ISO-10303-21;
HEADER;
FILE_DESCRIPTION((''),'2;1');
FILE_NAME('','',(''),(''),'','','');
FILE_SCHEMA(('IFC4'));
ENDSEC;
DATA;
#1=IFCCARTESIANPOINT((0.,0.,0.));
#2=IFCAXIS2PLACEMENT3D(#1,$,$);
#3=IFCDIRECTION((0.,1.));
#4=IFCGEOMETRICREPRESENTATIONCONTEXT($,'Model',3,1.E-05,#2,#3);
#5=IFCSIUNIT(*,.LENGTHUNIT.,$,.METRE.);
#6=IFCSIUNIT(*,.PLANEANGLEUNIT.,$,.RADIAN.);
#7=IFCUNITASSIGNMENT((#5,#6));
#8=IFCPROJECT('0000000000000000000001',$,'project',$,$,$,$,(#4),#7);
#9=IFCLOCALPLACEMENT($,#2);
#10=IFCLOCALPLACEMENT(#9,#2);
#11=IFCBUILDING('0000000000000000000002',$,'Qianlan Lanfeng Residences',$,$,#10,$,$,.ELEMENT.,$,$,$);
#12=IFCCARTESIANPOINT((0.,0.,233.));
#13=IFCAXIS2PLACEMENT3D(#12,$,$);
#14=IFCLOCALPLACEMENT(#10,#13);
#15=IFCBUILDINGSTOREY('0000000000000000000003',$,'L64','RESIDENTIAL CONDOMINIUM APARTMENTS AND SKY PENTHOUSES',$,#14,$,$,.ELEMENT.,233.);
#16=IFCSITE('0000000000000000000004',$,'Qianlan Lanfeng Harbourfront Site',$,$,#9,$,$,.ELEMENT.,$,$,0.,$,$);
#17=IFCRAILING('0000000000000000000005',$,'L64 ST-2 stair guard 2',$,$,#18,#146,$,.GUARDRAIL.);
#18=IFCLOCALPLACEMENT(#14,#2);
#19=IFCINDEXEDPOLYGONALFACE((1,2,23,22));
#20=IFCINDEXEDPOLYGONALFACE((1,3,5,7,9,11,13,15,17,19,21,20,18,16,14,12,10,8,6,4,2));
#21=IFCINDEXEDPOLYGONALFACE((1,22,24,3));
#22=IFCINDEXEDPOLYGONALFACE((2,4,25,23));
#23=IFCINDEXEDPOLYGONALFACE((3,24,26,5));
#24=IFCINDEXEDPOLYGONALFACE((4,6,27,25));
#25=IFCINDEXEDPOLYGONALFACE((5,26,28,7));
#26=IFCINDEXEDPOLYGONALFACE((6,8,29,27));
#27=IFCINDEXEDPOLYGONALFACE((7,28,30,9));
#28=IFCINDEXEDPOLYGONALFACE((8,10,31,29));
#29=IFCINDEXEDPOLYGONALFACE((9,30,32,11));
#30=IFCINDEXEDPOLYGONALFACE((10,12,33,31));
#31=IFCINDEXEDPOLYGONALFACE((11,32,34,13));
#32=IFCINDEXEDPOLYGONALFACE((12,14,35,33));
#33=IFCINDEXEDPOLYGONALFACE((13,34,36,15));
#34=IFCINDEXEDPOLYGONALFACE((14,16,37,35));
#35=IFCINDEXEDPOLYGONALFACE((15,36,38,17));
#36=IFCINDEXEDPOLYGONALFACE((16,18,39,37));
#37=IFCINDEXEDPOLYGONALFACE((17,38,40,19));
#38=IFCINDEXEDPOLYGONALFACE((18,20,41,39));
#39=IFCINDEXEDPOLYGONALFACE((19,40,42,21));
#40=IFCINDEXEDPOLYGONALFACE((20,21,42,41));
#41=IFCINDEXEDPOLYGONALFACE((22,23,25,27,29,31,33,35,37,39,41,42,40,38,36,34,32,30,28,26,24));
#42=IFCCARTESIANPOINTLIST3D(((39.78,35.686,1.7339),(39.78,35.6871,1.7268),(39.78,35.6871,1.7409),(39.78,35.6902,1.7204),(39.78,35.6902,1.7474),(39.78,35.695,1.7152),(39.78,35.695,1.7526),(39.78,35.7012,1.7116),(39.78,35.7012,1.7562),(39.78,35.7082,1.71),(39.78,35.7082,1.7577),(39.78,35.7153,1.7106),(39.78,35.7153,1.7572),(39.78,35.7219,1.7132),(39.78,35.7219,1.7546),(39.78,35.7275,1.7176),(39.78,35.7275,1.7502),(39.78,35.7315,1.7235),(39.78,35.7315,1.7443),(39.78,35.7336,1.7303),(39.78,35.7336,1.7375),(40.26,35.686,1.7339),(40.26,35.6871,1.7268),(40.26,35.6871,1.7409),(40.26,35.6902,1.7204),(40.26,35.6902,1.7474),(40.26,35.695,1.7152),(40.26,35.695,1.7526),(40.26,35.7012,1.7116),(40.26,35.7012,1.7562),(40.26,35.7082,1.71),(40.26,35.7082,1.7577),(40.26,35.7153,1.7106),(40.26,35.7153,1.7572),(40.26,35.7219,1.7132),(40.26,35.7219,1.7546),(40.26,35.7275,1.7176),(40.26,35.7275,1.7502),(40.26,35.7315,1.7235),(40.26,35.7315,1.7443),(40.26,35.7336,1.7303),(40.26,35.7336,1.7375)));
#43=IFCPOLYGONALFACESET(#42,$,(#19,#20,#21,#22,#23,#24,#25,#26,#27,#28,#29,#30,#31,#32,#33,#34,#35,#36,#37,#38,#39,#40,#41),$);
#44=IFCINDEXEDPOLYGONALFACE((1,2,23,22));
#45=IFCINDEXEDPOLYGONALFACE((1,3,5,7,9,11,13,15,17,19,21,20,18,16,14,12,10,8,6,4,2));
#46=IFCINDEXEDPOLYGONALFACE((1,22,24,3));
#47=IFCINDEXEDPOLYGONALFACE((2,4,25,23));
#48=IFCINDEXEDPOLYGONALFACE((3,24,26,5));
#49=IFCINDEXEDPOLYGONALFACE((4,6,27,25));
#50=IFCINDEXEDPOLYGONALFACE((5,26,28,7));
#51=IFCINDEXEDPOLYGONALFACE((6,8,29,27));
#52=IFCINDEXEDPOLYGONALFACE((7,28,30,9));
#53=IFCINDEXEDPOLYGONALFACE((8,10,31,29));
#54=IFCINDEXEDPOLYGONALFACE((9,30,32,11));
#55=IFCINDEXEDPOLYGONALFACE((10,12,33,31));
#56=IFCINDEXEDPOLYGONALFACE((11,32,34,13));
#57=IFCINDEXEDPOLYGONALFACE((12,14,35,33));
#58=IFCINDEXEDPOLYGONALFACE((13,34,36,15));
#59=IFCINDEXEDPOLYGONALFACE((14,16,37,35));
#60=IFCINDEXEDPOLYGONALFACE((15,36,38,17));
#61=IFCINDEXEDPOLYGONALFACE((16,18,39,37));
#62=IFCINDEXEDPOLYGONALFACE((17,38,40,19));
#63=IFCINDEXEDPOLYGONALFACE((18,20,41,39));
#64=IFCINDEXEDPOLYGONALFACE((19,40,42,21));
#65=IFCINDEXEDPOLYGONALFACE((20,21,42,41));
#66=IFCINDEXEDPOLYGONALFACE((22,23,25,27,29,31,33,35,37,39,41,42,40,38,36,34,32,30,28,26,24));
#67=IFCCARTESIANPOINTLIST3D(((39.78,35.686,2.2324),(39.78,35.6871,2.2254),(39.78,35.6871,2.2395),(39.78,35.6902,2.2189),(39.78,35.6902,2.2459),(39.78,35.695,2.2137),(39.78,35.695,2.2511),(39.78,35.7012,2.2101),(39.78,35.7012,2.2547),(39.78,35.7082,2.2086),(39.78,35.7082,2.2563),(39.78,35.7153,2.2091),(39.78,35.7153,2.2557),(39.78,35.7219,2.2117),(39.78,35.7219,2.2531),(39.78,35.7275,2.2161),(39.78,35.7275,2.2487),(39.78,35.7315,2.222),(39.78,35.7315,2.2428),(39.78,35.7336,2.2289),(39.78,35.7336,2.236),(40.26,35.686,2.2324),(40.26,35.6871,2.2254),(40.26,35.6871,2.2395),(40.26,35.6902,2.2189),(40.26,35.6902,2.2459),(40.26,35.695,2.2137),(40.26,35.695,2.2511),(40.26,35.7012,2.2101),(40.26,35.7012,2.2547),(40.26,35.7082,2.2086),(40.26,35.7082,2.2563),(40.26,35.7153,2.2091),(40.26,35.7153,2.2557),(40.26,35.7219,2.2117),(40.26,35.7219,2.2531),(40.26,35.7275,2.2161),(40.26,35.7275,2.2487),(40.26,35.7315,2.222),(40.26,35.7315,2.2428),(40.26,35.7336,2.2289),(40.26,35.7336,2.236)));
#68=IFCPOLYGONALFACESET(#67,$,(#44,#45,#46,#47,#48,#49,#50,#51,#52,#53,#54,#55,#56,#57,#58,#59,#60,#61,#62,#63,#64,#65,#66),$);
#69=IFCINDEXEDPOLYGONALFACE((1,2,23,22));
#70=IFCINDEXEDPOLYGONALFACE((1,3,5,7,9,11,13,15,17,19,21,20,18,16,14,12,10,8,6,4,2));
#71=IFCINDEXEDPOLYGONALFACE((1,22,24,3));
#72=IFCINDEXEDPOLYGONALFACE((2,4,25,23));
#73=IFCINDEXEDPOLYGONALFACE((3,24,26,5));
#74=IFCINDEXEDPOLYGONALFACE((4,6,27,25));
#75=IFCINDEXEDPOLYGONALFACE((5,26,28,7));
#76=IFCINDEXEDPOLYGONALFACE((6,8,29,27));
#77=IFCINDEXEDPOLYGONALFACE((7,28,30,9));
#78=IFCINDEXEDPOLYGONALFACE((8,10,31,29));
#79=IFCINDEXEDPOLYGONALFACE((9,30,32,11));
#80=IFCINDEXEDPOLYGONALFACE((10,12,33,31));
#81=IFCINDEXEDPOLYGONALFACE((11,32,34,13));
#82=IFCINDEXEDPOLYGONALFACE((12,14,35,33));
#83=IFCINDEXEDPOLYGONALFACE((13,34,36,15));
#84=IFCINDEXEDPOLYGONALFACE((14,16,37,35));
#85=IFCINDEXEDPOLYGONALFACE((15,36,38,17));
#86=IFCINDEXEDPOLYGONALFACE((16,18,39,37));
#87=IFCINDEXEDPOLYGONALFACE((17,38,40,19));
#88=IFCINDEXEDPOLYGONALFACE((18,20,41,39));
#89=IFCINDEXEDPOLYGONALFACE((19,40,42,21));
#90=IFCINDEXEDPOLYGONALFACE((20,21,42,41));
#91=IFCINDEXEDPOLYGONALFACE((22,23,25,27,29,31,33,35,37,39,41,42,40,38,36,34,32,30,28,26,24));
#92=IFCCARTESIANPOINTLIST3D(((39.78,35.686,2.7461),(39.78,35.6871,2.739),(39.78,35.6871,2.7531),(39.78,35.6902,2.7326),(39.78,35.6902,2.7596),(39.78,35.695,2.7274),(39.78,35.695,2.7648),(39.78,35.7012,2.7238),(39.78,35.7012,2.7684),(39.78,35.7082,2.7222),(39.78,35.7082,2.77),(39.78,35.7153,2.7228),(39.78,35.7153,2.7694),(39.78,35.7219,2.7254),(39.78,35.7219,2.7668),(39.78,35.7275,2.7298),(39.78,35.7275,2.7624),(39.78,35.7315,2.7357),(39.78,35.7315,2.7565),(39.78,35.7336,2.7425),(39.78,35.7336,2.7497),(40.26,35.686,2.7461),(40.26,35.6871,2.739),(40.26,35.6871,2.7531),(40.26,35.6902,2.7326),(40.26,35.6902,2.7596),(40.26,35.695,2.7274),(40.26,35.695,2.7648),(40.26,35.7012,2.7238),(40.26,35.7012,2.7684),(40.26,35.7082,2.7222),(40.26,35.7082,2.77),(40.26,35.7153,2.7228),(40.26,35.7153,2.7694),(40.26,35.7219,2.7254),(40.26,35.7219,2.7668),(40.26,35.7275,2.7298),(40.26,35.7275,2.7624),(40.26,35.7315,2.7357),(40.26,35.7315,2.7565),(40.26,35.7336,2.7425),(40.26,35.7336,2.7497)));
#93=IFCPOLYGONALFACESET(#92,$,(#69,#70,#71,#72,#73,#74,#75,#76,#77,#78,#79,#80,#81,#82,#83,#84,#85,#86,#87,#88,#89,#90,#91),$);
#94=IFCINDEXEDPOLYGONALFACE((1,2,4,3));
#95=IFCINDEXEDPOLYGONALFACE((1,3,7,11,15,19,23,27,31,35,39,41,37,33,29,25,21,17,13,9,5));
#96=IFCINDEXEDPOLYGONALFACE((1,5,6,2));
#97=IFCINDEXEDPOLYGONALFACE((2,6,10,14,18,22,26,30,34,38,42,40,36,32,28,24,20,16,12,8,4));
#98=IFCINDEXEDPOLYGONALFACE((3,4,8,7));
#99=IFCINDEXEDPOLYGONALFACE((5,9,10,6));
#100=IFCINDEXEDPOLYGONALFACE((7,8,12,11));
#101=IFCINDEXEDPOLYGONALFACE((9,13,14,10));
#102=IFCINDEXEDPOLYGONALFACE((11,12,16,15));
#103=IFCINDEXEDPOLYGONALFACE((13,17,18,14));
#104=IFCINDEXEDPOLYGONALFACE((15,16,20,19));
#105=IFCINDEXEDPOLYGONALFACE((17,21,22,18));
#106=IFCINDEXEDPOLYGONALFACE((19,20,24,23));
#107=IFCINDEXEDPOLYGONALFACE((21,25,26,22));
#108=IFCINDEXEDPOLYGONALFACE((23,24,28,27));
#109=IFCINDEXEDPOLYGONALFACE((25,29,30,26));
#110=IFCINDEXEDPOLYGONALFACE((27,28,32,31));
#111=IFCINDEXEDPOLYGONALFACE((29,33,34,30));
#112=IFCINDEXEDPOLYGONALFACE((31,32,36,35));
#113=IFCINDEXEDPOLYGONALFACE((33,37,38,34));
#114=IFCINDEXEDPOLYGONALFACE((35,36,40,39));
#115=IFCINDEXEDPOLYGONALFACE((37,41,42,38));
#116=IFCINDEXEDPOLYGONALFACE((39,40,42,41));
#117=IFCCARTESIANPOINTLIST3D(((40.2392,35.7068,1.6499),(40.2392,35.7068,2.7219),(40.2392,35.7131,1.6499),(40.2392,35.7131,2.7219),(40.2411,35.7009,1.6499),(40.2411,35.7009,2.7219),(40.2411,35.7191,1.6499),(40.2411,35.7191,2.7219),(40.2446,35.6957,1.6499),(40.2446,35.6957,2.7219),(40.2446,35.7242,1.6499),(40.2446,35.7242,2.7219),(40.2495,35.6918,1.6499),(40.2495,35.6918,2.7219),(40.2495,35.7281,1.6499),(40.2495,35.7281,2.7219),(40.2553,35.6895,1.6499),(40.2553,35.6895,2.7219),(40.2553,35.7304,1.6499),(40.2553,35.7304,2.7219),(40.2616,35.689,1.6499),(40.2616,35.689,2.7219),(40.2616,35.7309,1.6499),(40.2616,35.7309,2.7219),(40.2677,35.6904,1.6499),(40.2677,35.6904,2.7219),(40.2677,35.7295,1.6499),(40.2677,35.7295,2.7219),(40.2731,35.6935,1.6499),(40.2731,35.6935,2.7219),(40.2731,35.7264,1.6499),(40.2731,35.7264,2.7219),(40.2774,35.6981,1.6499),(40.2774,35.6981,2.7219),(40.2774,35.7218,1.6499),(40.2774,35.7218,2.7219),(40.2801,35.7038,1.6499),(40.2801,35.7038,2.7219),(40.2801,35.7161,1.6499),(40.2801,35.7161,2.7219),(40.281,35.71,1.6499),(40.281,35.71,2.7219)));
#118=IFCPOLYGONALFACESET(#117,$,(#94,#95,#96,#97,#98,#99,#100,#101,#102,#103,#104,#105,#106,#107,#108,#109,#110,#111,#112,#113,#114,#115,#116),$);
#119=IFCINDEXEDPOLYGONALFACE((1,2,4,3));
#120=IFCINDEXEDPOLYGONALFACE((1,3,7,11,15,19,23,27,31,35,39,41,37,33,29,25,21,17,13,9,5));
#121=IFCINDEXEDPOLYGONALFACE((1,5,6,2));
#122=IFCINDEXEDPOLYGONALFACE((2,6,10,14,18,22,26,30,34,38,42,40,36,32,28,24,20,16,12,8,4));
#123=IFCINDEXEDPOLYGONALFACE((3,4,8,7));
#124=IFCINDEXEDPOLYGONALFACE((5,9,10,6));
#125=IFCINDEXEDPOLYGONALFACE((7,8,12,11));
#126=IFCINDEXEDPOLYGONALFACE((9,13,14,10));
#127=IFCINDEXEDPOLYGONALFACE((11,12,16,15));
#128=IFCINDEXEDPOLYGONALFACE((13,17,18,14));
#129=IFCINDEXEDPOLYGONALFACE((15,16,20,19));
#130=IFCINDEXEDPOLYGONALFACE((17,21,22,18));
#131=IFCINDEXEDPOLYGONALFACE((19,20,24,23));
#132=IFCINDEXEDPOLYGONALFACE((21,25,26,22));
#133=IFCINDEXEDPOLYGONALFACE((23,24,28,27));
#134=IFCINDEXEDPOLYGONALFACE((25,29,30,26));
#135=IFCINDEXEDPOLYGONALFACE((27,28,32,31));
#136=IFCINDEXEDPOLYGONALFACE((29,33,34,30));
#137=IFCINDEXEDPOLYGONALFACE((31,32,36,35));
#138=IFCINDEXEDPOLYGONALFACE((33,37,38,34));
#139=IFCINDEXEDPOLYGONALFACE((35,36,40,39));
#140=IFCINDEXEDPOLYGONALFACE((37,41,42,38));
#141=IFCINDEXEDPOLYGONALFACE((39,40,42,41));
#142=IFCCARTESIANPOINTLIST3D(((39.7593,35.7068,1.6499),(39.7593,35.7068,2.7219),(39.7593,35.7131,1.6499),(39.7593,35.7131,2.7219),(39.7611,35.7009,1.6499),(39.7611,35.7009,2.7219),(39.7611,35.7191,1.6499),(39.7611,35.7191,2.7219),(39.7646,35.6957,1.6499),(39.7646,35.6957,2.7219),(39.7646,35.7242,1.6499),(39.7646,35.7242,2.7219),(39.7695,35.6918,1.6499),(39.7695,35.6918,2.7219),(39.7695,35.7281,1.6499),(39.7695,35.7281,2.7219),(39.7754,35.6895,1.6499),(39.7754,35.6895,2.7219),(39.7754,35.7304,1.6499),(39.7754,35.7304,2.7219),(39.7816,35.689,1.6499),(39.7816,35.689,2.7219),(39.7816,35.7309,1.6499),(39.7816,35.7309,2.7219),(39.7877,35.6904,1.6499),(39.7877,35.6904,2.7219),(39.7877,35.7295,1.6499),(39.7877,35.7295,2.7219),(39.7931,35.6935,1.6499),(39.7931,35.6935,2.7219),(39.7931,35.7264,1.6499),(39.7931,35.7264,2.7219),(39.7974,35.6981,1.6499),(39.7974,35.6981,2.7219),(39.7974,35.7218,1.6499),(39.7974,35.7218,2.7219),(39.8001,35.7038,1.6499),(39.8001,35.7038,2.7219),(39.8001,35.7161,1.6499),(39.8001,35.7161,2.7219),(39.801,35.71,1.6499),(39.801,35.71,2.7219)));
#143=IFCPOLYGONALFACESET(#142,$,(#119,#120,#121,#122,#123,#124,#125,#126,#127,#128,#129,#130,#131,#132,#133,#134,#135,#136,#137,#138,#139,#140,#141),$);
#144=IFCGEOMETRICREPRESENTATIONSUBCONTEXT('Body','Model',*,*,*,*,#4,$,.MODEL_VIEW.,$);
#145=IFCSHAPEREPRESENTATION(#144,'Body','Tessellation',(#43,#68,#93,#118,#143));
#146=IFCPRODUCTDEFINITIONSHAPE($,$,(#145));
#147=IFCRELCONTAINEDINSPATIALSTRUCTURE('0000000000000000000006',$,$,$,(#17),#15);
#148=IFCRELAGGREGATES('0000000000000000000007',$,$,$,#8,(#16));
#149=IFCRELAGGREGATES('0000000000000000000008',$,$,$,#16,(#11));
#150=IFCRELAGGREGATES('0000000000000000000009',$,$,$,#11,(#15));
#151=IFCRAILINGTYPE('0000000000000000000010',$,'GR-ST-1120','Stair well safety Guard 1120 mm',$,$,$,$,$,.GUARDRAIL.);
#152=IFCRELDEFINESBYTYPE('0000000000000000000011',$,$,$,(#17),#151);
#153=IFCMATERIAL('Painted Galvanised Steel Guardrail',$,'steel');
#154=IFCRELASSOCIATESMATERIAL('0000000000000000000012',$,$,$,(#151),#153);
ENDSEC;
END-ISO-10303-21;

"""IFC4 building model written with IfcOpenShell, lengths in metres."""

from ifc_helpers import new_model, si_unit, direction, frame, origin, origin_2d, place, context, subcontext, project, spatial, circle, extrude, material, type_object, element, save


model = new_model("IFC4")

# Units and contexts
model_context = context("Model", 3, precision=1e-05, world=origin(), true_north=direction((0.0, 1.0)))
body_context = subcontext(model_context, "Body", "Model", "MODEL_VIEW")
ifc_project = project(units=[si_unit("LENGTHUNIT", "METRE"), si_unit("PLANEANGLEUNIT", "RADIAN")], contexts=[model_context])

# Site, building, storey
site_placement = place(None, origin())
site = spatial("IfcSite", under=ifc_project, at=site_placement, Name="Qianlan Lanfeng Harbourfront Site", CompositionType="ELEMENT", RefElevation=0.0)
building_placement = place(site_placement, origin())
building = spatial("IfcBuilding", under=site, at=building_placement, Name="Qianlan Lanfeng Residences", CompositionType="ELEMENT")
storey_placement = place(building_placement, frame((0.0, 0.0, 233.0)))
storey = spatial("IfcBuildingStorey", under=building, at=storey_placement, Name="L64", Description="RESIDENTIAL CONDOMINIUM APARTMENTS AND SKY PENTHOUSES", CompositionType="ELEMENT", Elevation=233.0)

# Railing
ifc_material_1 = material(Name="Painted Galvanised Steel Guardrail", Category="steel")
railing_type_1 = type_object("IfcRailingType", Name="GR-ST-1120", Description="Stair well safety Guard 1120 mm", PredefinedType="GUARDRAIL", material=ifc_material_1)
railing_1_placement = place(storey_placement, frame((40.26, 35.71, 1.6499)))
element("IfcRailing", 1, at=railing_1_placement, inside=storey, type_object=railing_type_1, Name="L64 ST-2 stair guard 2", PredefinedType="GUARDRAIL", context=body_context, shape_type="SweptSolid", body=[
    extrude(circle(Radius=0.0239, at=origin_2d()), frame((0.0, 0.0, 0.084), z_axis=(-1.0, 0.0, 0.0), x_axis=(0.0, -1.0, 0.0)), (0.0, 0.0, 1.0), 0.48),
    extrude(circle(Radius=0.0239, at=origin_2d()), frame((0.0, 0.0, 0.5825), z_axis=(-1.0, 0.0, 0.0), x_axis=(0.0, -1.0, 0.0)), (0.0, 0.0, 1.0), 0.48),
    extrude(circle(Radius=0.0239, at=origin_2d()), frame((0.0, 0.0, 1.0962), z_axis=(-1.0, 0.0, 0.0), x_axis=(0.0, -1.0, 0.0)), (0.0, 0.0, 1.0), 0.48),
    extrude(circle(Radius=0.021, at=origin_2d()), origin(), (0.0, 0.0, 1.0), 1.072),
    extrude(circle(Radius=0.021, at=origin_2d()), frame((-0.48, 0.0, 0.0)), (0.0, 0.0, 1.0), 1.072),
])

save(model, "model.ifc")
